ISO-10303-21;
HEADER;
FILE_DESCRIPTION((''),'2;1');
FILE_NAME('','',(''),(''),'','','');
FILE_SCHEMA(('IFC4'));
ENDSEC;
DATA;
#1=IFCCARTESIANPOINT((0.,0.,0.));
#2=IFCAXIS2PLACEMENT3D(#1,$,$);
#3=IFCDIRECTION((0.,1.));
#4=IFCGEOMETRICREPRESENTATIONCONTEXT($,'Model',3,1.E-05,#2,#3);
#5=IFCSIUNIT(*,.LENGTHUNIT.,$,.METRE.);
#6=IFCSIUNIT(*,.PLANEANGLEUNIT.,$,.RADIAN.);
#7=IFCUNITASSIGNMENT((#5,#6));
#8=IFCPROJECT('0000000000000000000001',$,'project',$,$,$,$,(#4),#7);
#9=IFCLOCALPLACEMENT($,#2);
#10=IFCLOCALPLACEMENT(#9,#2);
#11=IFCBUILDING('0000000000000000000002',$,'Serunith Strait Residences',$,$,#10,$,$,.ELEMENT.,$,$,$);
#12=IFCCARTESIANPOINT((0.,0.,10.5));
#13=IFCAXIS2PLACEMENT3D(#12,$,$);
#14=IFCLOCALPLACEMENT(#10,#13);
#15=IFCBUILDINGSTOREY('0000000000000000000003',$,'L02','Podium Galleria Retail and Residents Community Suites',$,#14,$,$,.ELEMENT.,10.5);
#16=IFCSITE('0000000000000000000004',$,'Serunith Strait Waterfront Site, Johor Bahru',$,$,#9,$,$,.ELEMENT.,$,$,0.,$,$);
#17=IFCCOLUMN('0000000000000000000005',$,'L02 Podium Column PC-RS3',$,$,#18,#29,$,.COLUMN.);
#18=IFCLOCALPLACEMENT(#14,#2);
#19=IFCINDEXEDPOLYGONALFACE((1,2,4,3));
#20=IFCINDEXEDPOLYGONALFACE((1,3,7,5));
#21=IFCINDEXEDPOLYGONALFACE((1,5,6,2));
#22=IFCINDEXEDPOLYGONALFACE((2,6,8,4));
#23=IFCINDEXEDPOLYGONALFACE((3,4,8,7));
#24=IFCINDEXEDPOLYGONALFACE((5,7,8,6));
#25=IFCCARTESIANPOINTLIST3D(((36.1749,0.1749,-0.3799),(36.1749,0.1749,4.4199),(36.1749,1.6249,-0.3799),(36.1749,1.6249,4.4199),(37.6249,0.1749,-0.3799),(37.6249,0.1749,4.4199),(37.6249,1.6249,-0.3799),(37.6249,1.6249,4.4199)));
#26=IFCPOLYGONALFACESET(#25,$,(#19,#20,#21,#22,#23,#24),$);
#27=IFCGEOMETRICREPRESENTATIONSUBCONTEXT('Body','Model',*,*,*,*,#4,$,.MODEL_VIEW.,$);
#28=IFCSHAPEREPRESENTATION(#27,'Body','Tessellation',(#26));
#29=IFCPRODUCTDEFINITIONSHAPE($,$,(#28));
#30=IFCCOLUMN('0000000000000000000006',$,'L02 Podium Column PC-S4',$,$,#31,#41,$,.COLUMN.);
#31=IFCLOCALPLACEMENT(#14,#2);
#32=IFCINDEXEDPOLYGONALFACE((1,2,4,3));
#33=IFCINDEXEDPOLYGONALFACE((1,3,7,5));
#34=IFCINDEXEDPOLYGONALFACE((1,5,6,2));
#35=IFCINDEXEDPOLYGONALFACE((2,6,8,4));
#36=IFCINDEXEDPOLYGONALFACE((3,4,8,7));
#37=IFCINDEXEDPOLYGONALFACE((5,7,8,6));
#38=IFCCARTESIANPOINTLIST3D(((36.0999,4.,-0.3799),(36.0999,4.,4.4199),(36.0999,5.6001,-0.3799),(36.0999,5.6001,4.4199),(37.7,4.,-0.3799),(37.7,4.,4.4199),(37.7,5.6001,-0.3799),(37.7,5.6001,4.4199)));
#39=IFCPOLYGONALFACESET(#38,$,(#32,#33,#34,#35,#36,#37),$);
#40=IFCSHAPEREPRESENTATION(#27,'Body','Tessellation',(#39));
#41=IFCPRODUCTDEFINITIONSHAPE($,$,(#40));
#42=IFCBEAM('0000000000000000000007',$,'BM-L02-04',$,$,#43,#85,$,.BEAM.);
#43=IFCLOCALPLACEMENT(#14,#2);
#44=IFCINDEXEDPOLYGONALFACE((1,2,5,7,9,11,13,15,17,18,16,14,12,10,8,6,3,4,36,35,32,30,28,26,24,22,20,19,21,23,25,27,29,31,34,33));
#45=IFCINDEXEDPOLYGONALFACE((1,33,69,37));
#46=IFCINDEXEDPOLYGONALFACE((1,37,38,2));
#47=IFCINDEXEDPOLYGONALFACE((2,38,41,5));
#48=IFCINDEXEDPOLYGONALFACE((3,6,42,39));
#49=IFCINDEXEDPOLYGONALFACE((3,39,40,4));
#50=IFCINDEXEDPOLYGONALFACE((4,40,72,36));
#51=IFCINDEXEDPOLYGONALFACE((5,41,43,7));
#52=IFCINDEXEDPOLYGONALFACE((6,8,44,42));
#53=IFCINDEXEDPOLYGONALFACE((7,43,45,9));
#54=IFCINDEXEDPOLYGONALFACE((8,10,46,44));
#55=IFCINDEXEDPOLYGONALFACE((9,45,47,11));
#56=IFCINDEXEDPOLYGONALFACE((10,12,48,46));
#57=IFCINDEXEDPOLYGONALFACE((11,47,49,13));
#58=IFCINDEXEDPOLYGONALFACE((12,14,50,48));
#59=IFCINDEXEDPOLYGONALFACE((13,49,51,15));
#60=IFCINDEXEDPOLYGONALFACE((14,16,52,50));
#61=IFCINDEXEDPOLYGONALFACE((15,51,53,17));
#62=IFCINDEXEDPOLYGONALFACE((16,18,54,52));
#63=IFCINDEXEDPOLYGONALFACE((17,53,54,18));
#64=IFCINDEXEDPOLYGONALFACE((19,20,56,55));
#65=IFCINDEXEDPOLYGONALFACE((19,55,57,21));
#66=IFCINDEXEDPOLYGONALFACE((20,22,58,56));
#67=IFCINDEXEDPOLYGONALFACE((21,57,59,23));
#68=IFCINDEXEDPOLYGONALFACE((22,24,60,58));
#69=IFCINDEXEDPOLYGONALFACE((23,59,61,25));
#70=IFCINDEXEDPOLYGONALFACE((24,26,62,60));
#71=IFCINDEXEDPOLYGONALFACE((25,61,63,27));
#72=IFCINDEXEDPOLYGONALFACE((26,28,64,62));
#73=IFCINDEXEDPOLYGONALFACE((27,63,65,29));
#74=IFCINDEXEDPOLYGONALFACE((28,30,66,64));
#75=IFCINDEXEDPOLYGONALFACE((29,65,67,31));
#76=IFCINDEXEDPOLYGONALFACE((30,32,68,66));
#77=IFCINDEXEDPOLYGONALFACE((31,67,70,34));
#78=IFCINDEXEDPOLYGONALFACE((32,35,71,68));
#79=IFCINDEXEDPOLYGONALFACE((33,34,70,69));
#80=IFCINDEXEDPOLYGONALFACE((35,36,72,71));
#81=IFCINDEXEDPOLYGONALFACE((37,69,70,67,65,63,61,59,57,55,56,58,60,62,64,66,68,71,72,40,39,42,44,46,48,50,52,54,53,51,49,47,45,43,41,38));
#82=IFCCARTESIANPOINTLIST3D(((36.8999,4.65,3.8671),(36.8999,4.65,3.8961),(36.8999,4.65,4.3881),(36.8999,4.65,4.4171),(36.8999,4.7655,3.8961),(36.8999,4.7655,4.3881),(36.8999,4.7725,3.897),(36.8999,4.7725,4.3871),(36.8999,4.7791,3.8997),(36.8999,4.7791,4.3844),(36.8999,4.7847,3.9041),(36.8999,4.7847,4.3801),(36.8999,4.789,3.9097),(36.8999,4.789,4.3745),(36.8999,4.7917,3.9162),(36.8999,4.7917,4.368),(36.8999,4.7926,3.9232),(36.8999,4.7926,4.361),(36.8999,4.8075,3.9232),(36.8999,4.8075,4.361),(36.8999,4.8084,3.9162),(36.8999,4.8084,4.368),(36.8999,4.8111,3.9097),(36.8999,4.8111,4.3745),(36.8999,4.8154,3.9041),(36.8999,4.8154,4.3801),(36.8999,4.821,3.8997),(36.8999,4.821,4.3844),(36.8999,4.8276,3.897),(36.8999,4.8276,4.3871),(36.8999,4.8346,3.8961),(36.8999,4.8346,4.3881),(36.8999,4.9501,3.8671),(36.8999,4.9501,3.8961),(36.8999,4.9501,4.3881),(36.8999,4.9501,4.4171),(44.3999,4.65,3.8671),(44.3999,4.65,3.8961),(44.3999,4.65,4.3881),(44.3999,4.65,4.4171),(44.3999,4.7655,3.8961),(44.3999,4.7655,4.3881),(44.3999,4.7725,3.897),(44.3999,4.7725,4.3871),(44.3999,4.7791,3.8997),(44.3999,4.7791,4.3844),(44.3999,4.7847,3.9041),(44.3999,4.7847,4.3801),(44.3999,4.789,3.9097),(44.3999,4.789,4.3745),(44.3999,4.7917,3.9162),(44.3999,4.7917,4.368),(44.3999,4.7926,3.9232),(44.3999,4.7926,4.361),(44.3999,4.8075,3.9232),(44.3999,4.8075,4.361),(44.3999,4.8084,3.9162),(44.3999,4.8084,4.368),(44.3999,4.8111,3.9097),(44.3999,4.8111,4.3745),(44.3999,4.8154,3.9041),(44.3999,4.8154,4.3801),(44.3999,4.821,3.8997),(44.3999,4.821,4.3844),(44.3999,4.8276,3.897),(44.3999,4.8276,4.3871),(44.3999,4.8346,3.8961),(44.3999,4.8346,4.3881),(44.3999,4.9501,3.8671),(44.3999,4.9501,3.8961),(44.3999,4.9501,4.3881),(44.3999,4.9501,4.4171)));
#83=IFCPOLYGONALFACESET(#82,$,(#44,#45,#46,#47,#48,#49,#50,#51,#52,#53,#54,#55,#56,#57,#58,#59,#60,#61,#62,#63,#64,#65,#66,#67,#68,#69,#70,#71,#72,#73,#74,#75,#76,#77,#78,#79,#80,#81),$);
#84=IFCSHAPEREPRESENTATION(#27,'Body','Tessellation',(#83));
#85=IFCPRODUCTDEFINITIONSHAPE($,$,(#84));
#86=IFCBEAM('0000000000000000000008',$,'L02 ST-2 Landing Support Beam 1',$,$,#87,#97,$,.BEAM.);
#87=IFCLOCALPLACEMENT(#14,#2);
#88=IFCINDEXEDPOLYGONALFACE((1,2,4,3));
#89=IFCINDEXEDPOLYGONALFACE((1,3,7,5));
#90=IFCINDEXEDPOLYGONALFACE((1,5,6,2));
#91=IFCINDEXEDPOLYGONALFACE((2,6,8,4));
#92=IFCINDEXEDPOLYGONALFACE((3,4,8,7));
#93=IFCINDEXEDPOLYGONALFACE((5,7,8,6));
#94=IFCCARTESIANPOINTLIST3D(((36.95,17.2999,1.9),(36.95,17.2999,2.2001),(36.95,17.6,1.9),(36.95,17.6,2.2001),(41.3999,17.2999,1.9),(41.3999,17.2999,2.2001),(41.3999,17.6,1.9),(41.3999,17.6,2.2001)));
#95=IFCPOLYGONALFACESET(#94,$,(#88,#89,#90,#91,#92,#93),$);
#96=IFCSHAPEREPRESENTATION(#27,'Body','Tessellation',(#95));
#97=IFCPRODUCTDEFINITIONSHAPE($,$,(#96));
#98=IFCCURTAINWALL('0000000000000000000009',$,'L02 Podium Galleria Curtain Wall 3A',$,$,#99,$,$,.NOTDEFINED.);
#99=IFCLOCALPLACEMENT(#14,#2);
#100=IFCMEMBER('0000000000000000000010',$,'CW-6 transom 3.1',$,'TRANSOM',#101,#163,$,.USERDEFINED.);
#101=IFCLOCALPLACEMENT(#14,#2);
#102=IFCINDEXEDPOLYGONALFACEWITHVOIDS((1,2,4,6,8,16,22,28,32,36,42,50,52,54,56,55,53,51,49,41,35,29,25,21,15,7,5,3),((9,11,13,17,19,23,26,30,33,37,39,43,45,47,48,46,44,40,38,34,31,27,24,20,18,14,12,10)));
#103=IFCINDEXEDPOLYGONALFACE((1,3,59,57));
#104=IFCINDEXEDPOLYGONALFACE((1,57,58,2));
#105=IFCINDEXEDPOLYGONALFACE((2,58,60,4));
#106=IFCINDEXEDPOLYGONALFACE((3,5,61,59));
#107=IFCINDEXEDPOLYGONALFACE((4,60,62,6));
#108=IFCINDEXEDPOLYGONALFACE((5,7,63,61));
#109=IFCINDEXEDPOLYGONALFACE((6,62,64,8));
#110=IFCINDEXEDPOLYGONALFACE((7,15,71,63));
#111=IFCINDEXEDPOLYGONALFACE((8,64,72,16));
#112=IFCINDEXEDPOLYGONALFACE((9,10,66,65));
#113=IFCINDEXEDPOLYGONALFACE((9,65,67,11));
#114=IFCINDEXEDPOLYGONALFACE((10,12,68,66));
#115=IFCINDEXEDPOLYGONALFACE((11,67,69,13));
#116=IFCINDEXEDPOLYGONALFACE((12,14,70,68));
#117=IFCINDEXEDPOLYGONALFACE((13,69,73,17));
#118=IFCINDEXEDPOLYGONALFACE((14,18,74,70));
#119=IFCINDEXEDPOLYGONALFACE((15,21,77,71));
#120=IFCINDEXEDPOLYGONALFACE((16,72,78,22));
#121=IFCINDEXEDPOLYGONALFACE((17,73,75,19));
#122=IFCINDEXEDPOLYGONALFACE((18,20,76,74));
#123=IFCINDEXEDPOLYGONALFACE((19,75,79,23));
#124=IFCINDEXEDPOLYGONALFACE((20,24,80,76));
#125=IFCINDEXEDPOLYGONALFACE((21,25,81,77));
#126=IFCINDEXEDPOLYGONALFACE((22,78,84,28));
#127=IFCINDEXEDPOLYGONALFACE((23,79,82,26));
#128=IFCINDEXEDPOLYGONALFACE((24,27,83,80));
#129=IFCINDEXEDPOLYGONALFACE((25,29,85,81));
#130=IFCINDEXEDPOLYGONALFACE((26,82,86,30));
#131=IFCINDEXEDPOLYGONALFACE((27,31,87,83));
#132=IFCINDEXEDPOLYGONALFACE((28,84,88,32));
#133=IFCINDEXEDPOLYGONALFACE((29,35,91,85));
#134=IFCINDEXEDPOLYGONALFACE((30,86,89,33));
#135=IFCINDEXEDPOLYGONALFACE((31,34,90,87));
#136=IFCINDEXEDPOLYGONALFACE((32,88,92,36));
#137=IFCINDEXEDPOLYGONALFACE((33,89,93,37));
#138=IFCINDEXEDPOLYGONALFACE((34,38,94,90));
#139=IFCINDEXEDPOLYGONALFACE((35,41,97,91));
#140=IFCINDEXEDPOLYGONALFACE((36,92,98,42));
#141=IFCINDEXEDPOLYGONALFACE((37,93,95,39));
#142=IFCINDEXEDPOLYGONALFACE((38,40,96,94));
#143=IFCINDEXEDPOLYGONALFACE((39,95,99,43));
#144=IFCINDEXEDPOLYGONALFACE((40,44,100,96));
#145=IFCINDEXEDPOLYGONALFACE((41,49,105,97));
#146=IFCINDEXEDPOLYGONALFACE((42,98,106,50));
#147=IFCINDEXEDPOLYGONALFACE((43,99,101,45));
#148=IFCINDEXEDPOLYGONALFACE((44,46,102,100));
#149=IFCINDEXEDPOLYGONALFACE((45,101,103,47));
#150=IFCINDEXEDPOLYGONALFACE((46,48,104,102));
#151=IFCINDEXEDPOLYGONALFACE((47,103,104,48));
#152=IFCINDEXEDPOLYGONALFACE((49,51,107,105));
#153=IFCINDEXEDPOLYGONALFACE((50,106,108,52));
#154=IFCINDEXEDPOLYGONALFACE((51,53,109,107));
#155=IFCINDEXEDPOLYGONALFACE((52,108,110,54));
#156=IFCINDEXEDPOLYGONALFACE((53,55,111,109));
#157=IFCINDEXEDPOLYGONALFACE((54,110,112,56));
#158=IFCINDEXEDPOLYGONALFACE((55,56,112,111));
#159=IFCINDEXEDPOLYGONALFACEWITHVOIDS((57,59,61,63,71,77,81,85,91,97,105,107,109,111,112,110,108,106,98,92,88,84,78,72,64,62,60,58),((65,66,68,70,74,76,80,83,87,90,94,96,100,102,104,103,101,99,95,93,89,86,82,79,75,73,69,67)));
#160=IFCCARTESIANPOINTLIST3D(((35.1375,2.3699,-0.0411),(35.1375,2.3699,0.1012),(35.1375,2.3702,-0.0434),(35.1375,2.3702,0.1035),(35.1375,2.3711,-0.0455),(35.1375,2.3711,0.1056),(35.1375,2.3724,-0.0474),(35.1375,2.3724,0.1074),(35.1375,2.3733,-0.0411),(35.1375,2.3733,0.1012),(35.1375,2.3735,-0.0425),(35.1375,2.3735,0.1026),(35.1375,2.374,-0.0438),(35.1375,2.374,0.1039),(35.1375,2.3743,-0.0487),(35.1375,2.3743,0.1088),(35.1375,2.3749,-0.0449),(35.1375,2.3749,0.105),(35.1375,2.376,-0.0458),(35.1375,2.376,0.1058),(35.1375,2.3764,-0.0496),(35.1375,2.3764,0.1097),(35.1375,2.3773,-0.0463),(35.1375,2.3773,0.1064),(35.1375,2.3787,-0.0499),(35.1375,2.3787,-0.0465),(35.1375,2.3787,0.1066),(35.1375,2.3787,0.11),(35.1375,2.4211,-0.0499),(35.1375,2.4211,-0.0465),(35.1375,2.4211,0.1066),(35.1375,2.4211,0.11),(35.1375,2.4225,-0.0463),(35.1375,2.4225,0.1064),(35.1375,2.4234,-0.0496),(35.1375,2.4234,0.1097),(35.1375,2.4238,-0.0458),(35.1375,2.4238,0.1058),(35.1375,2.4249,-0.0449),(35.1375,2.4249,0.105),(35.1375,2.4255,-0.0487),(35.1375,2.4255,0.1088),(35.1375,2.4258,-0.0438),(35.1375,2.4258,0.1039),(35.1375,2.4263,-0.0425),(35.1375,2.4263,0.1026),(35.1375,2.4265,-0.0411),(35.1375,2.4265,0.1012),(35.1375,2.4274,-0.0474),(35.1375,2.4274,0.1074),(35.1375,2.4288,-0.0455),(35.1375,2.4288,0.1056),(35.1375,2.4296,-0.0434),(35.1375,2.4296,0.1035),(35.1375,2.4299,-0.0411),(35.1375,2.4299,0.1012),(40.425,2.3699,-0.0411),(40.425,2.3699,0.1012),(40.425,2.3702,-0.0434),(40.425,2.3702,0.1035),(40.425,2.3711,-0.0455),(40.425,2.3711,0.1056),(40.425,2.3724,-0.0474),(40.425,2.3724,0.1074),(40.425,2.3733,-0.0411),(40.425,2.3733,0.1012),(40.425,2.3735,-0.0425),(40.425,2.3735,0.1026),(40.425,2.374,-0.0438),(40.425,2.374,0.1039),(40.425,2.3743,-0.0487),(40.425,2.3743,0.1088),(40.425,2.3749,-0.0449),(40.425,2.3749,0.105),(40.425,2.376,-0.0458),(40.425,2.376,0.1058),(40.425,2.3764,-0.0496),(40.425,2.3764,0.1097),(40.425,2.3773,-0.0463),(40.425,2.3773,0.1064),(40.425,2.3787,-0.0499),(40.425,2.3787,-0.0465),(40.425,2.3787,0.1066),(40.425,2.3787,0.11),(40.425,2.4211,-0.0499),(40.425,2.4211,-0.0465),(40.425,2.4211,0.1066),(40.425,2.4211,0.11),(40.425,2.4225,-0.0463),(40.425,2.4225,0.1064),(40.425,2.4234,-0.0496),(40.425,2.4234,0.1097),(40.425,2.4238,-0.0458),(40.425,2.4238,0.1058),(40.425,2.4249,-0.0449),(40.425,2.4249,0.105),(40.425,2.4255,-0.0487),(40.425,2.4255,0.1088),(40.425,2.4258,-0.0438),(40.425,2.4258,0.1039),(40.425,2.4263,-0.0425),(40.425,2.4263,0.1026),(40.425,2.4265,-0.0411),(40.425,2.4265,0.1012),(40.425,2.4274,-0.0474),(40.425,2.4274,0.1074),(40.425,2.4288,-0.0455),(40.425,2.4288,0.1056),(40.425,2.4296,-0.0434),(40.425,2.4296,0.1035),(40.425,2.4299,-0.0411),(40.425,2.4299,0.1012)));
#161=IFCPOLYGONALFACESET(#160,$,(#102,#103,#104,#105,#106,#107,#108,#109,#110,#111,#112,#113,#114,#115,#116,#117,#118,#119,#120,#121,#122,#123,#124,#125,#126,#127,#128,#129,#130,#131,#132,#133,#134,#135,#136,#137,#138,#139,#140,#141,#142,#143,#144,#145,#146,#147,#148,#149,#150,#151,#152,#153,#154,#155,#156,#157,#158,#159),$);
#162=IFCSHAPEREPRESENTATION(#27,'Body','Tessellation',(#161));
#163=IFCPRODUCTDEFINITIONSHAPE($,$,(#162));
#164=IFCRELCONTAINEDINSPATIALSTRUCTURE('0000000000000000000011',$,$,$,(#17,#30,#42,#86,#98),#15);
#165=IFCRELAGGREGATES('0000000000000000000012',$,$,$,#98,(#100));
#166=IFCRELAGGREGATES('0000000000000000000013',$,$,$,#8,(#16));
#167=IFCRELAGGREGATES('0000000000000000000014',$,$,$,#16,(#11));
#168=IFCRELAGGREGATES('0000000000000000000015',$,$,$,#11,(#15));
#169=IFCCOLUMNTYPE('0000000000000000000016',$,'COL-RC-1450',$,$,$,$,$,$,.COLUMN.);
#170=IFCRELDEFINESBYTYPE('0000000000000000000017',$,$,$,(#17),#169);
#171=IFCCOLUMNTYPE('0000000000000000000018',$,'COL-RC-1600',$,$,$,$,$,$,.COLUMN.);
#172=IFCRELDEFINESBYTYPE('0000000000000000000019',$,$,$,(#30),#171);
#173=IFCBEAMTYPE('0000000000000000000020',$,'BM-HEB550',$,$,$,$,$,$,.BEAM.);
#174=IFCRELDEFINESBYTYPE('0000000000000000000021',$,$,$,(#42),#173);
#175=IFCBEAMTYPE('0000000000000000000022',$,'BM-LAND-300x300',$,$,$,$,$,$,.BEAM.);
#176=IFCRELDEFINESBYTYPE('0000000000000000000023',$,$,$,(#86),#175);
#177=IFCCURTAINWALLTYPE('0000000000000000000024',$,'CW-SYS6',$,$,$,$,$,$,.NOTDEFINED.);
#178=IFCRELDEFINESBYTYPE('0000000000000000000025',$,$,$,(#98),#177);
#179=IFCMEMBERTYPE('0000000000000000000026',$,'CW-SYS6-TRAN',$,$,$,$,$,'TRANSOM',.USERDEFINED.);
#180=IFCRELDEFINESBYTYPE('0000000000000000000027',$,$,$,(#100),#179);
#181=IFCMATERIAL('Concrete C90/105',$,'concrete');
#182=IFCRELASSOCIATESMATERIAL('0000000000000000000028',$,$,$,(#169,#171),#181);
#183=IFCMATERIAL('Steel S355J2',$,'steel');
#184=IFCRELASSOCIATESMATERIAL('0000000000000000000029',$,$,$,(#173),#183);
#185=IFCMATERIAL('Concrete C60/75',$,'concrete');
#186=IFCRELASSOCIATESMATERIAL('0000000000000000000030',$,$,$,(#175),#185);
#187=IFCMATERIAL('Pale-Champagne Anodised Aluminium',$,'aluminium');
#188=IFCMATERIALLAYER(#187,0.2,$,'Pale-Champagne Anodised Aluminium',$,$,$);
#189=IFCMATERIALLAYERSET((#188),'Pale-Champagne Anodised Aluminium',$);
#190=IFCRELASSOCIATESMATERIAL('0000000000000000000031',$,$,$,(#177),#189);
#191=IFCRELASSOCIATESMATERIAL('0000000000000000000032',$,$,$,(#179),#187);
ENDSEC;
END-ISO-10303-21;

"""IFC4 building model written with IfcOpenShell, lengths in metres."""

from ifc_helpers import new_model, si_unit, direction, frame, origin, origin_2d, place, context, subcontext, project, spatial, rectangle, hollow_rectangle, i_section, extrude, source, transform, mapped, material, layer, layer_set, material_profile, profile_set, type_object, element, aggregate, save


model = new_model("IFC4")

# Units and contexts
model_context = context("Model", 3, precision=1e-05, world=origin(), true_north=direction((0.0, 1.0)))
body_context = subcontext(model_context, "Body", "Model", "MODEL_VIEW")
ifc_project = project(units=[si_unit("LENGTHUNIT", "METRE"), si_unit("PLANEANGLEUNIT", "RADIAN")], contexts=[model_context])

# Site, building, storey
site_placement = place(None, origin())
site = spatial("IfcSite", under=ifc_project, at=site_placement, Name="Serunith Strait Waterfront Site, Johor Bahru", CompositionType="ELEMENT", RefElevation=0.0)
building_placement = place(site_placement, origin())
building = spatial("IfcBuilding", under=site, at=building_placement, Name="Serunith Strait Residences", CompositionType="ELEMENT")
storey_placement = place(building_placement, frame((0.0, 0.0, 10.5)))
storey = spatial("IfcBuildingStorey", under=building, at=storey_placement, Name="L02", Description="Podium Galleria Retail and Residents Community Suites", CompositionType="ELEMENT", Elevation=10.5)

# Columns
ifc_material_1 = material(Name="Concrete C90/105", Category="concrete")
ifc_material_profile_1 = material_profile(ifc_material_1, rectangle(XDim=1.45, YDim=1.45, at=origin_2d()), Name="RC 1450x1450")
ifc_profile_set_1 = profile_set([ifc_material_profile_1], Name="Concrete C90/105")
column_type_1 = type_object("IfcColumnType", Name="COL-RC-1450", PredefinedType="COLUMN", material=ifc_profile_set_1)
shared_shape_1 = source(origin(), body_context, "Body", "SweptSolid", [
    extrude(rectangle(XDim=1.45, YDim=1.45, at=origin_2d()), origin(), (0.0, 0.0, 1.0), 4.7998),
])
column_1_placement = place(storey_placement, frame((36.8999, 0.8999, -0.3799), z_axis=(0.0, 0.0, 1.0), x_axis=(1.0, 0.0, 0.0)))
element("IfcColumn", 1, at=column_1_placement, inside=storey, type_object=column_type_1, Name="L02 Podium Column PC-RS3", PredefinedType="COLUMN", context=body_context, shape_type="MappedRepresentation", body=[
    mapped(shared_shape_1, transform((0.0, 0.0, 0.0), scale=1.0)),
])
ifc_material_profile_2 = material_profile(ifc_material_1, rectangle(XDim=1.6001, YDim=1.6001, at=origin_2d()), Name="RC 1600x1600")
ifc_profile_set_2 = profile_set([ifc_material_profile_2], Name="Concrete C90/105")
column_type_2 = type_object("IfcColumnType", Name="COL-RC-1600", PredefinedType="COLUMN", material=ifc_profile_set_2)
shared_shape_2 = source(origin(), body_context, "Body", "SweptSolid", [
    extrude(rectangle(XDim=1.6001, YDim=1.6001, at=origin_2d()), origin(), (0.0, 0.0, 1.0), 4.7998),
])
column_2_placement = place(storey_placement, frame((36.8999, 4.8, -0.3799), z_axis=(0.0, 0.0, 1.0), x_axis=(1.0, 0.0, 0.0)))
element("IfcColumn", 2, at=column_2_placement, inside=storey, type_object=column_type_2, Name="L02 Podium Column PC-S4", PredefinedType="COLUMN", context=body_context, shape_type="MappedRepresentation", body=[
    mapped(shared_shape_2, transform((0.0, 0.0, 0.0), scale=1.0)),
])

# Beams
ifc_material_2 = material(Name="Steel S355J2", Category="steel")
ifc_material_profile_3 = material_profile(ifc_material_2, i_section(OverallWidth=0.3, OverallDepth=0.55, WebThickness=0.0149, FlangeThickness=0.0291, FilletRadius=0.0271, at=origin_2d()), Name="HEB 550")
ifc_profile_set_3 = profile_set([ifc_material_profile_3], Name="Steel S355J2")
beam_type_1 = type_object("IfcBeamType", Name="BM-HEB550", PredefinedType="BEAM", material=ifc_profile_set_3)
shared_shape_3 = source(origin(), body_context, "Body", "SweptSolid", [
    extrude(i_section(OverallWidth=0.3, OverallDepth=0.55, WebThickness=0.0149, FlangeThickness=0.0291, FilletRadius=0.0271, at=origin_2d()), origin(), (0.0, 0.0, 1.0), 7.5),
])
beam_1_placement = place(storey_placement, frame((36.8999, 4.8, 4.1421), z_axis=(1.0, 0.0, 0.0), x_axis=(0.0, 1.0, 0.0)))
element("IfcBeam", 3, at=beam_1_placement, inside=storey, type_object=beam_type_1, Name="BM-L02-04", PredefinedType="BEAM", context=body_context, shape_type="MappedRepresentation", body=[
    mapped(shared_shape_3, transform((0.0, 0.0, 0.0), scale=1.0)),
])
ifc_material_3 = material(Name="Concrete C60/75", Category="concrete")
ifc_material_profile_4 = material_profile(ifc_material_3, rectangle(XDim=0.3, YDim=0.3, at=origin_2d()), Name="RC 300x300")
ifc_profile_set_4 = profile_set([ifc_material_profile_4], Name="Concrete C60/75")
beam_type_2 = type_object("IfcBeamType", Name="BM-LAND-300x300", PredefinedType="BEAM", material=ifc_profile_set_4)
shared_shape_4 = source(origin(), body_context, "Body", "SweptSolid", [
    extrude(rectangle(XDim=0.3, YDim=0.3, at=origin_2d()), origin(), (0.0, 0.0, 1.0), 4.45),
])
beam_2_placement = place(storey_placement, frame((36.95, 17.45, 2.05), z_axis=(1.0, 0.0, 0.0), x_axis=(0.0, 1.0, 0.0)))
element("IfcBeam", 4, at=beam_2_placement, inside=storey, type_object=beam_type_2, Name="L02 ST-2 Landing Support Beam 1", PredefinedType="BEAM", context=body_context, shape_type="MappedRepresentation", body=[
    mapped(shared_shape_4, transform((0.0, 0.0, 0.0), scale=1.0)),
])

# Curtain wall, member
ifc_material_4 = material(Name="Pale-Champagne Anodised Aluminium", Category="aluminium")
ifc_layer_1 = layer(ifc_material_4, 0.2, Name="Pale-Champagne Anodised Aluminium")
ifc_layer_set_1 = layer_set([ifc_layer_1], Name="Pale-Champagne Anodised Aluminium")
curtain_wall_type = type_object("IfcCurtainWallType", Name="CW-SYS6", PredefinedType="NOTDEFINED", material=ifc_layer_set_1)
curtain_wall_placement = place(storey_placement, origin())
curtain_wall = element("IfcCurtainWall", 5, at=curtain_wall_placement, inside=storey, type_object=curtain_wall_type, Name="L02 Podium Galleria Curtain Wall 3A", PredefinedType="NOTDEFINED")
ifc_material_profile_5 = material_profile(ifc_material_4, hollow_rectangle(XDim=0.0601, YDim=0.1599, WallThickness=0.0034, InnerFilletRadius=0.0054, OuterFilletRadius=0.0088, at=origin_2d()), Name="ALU 160x60x3.5")
ifc_profile_set_5 = profile_set([ifc_material_profile_5], Name="Pale-Champagne Anodised Aluminium")
member_type_1 = type_object("IfcMemberType", Name="CW-SYS6-TRAN", ElementType="TRANSOM", PredefinedType="USERDEFINED", material=ifc_profile_set_5)
shared_shape_5 = source(origin(), body_context, "Body", "SweptSolid", [
    extrude(hollow_rectangle(XDim=0.0601, YDim=0.1599, WallThickness=0.0034, InnerFilletRadius=0.0054, OuterFilletRadius=0.0088, at=origin_2d()), origin(), (0.0, 0.0, 1.0), 5.2876),
])
member_1_placement = place(storey_placement, frame((35.1375, 2.3999, 0.03), z_axis=(1.0, 0.0, 0.0), x_axis=(0.0, 1.0, 0.0)))
member_1 = element("IfcMember", 6, at=member_1_placement, type_object=member_type_1, Name="CW-6 transom 3.1", ObjectType="TRANSOM", PredefinedType="USERDEFINED", context=body_context, shape_type="MappedRepresentation", body=[
    mapped(shared_shape_5, transform((0.0, 0.0, 0.0), scale=1.0)),
])
aggregate(curtain_wall, [member_1])

save(model, "model.ifc")
